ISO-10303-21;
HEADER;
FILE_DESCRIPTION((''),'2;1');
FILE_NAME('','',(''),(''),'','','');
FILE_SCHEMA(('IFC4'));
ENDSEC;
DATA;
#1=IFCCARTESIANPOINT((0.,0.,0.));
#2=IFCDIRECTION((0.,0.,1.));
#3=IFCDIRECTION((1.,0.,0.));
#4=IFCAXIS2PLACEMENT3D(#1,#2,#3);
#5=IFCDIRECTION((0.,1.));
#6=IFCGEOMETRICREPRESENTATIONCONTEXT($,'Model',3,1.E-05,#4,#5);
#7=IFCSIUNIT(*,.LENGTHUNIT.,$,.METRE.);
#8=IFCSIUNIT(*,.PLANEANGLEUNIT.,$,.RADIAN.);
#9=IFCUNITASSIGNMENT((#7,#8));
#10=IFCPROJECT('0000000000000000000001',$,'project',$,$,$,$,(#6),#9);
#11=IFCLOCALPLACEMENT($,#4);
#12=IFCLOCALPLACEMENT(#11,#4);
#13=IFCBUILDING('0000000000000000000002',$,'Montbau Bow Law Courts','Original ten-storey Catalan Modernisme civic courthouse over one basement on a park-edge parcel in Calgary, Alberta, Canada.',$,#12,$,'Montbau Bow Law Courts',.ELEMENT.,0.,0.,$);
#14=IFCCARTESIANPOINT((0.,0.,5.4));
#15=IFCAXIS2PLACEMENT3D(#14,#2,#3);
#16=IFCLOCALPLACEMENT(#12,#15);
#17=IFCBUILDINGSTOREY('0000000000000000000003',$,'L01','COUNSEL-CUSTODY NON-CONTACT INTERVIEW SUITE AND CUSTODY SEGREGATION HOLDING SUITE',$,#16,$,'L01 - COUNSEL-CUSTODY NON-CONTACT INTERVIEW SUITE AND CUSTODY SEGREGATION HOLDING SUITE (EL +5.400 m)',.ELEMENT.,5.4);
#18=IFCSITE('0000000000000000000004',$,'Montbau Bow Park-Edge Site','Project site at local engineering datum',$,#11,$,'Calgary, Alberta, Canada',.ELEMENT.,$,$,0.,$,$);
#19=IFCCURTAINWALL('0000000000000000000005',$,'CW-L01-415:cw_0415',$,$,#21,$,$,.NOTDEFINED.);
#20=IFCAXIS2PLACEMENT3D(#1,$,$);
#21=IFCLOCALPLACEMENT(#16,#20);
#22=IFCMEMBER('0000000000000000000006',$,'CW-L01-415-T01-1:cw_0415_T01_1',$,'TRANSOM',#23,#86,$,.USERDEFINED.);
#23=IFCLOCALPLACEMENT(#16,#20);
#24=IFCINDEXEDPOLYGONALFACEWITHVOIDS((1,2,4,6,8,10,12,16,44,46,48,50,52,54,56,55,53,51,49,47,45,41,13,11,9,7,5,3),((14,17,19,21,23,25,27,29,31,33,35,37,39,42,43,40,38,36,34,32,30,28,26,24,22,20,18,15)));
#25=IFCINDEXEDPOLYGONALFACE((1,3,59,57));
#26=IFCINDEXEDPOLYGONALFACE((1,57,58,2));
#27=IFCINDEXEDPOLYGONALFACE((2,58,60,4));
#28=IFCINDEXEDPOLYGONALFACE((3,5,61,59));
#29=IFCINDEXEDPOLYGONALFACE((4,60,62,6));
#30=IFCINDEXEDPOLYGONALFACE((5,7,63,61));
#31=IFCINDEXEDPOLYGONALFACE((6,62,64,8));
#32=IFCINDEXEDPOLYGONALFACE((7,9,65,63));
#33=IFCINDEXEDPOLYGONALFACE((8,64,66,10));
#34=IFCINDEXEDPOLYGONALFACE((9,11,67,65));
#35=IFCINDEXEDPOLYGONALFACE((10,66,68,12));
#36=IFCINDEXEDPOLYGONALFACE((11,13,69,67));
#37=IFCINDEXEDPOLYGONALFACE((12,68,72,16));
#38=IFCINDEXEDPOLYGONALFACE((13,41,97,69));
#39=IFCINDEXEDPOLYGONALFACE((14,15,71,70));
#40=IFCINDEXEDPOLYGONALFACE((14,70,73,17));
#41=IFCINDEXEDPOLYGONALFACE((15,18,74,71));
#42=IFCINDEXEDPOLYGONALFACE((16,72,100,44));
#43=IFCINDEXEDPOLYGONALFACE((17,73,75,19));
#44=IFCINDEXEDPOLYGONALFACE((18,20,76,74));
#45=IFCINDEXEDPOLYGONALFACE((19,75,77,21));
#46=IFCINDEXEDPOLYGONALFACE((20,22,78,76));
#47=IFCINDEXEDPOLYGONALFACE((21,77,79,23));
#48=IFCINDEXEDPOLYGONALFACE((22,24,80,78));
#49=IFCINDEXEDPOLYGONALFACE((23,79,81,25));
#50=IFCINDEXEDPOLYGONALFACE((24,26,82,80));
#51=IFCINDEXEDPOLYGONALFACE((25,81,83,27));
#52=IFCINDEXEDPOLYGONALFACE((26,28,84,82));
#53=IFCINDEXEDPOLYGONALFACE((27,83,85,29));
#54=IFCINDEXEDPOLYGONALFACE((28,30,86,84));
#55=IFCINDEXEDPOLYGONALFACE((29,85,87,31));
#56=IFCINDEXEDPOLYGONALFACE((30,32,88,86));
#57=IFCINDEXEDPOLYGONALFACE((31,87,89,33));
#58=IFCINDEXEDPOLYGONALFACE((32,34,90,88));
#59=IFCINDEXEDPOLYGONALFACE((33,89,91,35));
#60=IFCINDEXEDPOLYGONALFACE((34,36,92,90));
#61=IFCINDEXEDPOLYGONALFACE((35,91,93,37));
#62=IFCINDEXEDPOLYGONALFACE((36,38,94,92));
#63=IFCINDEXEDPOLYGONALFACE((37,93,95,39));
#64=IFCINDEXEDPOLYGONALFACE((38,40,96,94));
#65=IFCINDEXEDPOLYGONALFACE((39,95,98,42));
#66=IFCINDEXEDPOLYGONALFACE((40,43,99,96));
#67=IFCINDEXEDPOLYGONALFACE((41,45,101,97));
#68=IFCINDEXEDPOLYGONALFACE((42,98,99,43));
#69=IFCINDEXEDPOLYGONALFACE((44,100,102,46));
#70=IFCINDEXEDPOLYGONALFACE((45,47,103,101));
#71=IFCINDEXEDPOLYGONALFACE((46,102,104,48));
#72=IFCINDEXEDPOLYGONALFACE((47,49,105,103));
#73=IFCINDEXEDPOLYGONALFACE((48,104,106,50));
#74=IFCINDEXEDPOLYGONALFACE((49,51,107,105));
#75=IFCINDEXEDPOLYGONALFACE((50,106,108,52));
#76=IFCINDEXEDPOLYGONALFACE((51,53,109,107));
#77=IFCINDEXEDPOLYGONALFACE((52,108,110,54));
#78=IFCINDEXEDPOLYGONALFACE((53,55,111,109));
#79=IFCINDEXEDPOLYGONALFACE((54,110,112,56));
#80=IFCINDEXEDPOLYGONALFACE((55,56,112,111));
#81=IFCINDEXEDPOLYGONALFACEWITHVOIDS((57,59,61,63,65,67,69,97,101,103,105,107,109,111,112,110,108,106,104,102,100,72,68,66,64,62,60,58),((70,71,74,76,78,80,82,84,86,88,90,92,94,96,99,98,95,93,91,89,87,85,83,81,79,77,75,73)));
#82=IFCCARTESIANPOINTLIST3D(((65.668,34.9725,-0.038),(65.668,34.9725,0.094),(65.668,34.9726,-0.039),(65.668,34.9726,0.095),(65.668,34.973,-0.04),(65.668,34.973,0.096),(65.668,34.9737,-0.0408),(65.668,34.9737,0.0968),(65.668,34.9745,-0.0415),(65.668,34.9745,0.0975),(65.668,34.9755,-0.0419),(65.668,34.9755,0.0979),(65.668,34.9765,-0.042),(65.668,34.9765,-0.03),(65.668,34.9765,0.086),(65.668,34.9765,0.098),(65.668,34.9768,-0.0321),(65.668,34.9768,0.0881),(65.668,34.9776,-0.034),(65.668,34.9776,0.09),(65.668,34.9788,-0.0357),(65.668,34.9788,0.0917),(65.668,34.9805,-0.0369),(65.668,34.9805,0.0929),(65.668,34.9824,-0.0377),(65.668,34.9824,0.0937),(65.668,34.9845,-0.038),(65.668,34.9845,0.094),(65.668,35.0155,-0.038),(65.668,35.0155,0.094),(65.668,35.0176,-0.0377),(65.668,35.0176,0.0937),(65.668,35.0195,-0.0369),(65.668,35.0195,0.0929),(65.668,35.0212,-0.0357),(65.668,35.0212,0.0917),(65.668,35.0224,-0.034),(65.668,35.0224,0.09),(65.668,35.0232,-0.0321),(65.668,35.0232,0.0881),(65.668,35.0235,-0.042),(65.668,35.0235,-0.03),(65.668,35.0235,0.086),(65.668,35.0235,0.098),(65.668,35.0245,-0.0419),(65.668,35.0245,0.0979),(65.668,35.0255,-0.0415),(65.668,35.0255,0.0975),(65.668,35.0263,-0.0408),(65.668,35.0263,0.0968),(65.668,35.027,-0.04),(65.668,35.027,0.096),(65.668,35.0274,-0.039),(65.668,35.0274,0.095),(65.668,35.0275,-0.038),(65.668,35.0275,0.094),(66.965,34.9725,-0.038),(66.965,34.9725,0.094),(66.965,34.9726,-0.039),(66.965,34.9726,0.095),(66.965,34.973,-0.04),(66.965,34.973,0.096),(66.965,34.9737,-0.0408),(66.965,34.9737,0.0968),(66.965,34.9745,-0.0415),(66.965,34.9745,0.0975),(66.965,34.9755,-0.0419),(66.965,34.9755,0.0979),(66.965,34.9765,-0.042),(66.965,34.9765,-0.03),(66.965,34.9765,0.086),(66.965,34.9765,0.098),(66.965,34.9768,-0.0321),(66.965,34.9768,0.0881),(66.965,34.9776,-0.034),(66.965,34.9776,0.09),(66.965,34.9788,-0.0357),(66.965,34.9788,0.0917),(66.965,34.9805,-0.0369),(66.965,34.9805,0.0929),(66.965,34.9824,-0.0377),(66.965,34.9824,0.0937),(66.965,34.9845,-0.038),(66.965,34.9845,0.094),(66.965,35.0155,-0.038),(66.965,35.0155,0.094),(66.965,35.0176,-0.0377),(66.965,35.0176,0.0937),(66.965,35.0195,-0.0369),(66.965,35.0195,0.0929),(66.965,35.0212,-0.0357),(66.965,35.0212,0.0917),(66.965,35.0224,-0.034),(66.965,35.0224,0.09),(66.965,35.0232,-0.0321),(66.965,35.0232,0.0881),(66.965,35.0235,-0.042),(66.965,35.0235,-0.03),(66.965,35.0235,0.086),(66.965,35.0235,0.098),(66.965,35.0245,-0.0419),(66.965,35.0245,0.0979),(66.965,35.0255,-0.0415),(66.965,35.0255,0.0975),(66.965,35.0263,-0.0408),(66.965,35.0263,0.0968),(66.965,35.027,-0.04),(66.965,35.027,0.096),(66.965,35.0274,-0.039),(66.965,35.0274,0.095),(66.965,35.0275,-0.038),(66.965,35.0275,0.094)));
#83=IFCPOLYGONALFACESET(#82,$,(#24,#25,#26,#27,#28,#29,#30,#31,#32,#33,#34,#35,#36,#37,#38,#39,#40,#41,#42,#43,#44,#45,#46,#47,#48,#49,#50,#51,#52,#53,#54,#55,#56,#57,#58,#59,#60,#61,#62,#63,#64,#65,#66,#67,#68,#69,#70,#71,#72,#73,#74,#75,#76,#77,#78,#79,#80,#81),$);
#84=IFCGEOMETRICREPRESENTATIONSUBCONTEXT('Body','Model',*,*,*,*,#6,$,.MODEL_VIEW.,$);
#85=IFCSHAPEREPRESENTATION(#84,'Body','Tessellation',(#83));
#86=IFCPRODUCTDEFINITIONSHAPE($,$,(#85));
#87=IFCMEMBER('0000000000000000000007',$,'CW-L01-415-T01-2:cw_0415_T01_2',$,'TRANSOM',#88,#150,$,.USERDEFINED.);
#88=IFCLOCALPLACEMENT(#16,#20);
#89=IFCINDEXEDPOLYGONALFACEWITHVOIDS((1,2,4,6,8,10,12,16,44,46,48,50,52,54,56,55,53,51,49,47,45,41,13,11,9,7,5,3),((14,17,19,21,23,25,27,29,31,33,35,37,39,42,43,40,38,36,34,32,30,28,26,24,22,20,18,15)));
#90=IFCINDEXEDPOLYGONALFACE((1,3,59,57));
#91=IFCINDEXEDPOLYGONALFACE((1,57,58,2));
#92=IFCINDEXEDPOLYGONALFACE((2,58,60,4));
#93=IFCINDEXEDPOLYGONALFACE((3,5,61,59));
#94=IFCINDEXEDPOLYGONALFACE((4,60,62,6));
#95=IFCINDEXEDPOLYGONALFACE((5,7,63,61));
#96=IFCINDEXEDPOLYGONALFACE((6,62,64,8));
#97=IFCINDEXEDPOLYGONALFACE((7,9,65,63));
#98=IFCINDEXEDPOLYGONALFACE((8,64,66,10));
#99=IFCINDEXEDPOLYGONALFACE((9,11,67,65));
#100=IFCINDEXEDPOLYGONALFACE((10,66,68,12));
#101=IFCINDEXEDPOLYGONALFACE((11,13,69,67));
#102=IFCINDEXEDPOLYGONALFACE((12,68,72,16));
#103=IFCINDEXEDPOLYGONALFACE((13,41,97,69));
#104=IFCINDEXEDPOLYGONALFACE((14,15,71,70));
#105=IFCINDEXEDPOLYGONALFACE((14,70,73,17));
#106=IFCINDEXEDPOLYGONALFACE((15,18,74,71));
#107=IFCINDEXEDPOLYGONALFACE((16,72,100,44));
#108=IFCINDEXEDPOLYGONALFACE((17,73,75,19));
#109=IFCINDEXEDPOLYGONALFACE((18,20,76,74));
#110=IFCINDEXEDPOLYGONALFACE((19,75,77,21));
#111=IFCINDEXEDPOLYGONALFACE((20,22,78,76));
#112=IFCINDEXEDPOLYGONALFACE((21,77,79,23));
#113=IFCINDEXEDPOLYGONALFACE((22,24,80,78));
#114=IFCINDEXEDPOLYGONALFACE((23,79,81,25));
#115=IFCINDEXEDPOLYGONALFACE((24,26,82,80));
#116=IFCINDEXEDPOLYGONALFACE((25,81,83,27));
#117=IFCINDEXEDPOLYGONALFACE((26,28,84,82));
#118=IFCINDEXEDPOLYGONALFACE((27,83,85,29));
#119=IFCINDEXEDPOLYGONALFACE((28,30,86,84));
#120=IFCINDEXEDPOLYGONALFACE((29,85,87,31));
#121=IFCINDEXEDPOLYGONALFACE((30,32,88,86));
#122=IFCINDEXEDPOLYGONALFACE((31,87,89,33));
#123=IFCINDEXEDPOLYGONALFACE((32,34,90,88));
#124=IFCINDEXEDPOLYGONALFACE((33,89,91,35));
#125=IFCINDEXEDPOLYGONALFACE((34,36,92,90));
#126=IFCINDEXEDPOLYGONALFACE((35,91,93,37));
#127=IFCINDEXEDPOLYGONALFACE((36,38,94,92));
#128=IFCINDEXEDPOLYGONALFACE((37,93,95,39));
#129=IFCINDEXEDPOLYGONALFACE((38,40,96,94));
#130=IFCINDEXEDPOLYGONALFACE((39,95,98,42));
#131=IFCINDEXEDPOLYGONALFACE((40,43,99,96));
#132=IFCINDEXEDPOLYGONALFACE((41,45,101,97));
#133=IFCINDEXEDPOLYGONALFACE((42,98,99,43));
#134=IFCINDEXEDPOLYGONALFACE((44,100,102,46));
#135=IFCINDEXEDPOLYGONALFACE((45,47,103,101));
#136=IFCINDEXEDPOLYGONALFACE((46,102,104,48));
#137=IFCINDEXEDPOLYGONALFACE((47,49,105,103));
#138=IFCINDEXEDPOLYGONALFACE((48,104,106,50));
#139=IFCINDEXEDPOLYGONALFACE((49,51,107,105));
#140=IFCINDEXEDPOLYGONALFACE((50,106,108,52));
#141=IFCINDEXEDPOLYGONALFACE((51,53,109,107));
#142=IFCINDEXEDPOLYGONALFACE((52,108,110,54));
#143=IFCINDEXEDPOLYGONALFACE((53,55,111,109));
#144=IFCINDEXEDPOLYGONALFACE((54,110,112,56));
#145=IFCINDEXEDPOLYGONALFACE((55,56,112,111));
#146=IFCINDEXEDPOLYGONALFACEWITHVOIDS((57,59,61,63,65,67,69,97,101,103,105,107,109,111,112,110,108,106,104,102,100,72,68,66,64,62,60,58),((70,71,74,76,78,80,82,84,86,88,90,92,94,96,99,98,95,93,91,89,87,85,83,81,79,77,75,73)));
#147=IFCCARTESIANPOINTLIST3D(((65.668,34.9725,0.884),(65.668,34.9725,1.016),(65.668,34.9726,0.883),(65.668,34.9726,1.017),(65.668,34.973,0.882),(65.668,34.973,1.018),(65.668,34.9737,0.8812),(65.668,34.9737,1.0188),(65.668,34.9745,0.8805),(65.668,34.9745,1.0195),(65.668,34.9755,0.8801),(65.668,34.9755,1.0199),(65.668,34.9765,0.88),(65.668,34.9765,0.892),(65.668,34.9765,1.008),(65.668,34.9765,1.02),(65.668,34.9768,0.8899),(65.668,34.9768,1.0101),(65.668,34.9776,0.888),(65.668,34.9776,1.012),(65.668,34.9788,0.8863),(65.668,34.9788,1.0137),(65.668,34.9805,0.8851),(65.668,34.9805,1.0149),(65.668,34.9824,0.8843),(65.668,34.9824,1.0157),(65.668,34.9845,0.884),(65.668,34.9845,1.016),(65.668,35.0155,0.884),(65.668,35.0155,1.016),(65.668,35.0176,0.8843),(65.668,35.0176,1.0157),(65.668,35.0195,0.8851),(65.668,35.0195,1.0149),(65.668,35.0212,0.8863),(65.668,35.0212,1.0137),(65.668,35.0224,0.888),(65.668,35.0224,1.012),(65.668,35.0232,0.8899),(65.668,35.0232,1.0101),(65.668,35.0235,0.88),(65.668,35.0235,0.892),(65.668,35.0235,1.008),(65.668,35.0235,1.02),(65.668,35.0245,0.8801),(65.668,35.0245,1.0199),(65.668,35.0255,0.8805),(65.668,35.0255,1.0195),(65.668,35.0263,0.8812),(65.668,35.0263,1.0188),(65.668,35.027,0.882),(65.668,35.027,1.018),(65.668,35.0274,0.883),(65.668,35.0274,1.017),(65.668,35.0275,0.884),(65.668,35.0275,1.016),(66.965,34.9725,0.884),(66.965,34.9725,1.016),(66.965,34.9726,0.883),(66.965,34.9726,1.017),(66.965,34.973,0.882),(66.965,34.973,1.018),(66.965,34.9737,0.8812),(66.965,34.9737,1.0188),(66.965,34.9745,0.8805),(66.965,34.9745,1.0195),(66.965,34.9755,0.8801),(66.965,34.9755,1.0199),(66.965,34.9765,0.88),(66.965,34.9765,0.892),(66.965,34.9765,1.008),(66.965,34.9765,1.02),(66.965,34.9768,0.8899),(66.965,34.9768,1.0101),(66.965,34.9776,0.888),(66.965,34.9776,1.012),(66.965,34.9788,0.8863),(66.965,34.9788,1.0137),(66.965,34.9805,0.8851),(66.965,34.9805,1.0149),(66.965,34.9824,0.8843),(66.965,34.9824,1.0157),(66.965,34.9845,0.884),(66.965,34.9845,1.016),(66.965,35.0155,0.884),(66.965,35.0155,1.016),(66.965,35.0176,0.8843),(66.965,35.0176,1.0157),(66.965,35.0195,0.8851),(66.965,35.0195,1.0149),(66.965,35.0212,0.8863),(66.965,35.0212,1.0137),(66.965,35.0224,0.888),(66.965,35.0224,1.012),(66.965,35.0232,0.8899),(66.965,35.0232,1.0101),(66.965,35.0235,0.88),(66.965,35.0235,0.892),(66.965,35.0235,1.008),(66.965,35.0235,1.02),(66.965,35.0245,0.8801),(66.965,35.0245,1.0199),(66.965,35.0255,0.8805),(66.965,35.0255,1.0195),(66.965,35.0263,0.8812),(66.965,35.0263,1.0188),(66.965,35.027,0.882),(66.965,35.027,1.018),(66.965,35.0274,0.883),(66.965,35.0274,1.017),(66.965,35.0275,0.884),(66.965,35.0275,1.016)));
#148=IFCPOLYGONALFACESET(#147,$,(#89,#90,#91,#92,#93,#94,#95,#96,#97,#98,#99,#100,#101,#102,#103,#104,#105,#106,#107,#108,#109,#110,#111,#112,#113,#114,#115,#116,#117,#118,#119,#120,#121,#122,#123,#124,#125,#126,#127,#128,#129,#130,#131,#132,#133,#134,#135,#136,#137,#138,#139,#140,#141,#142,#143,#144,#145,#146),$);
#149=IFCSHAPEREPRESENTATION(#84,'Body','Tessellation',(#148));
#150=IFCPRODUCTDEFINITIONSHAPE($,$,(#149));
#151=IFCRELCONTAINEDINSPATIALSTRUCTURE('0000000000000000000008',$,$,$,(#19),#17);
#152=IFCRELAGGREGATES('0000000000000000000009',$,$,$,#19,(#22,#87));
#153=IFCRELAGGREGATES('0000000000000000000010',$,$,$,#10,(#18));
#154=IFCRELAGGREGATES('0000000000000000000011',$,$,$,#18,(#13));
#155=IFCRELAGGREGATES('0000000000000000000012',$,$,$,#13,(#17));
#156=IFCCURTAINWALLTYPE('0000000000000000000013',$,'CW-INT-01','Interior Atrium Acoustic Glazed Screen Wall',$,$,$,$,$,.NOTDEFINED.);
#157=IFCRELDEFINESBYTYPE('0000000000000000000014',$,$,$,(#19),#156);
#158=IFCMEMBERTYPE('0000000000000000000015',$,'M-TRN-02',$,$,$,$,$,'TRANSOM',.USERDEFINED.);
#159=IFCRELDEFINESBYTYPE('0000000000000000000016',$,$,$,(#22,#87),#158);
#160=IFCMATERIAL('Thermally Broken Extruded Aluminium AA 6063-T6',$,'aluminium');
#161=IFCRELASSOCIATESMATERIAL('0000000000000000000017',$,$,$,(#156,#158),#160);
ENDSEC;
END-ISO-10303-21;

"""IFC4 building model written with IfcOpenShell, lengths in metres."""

from ifc_helpers import new_model, si_unit, direction, frame, origin_with_axes, origin_2d_with_axis, place, context, subcontext, project, spatial, hollow_rectangle, extrude, material, material_profile, profile_set, type_object, element, aggregate, save


model = new_model("IFC4")

# Units and contexts
model_context = context("Model", 3, precision=1e-05, world=origin_with_axes(), true_north=direction((0.0, 1.0)))
body_context = subcontext(model_context, "Body", "Model", "MODEL_VIEW")
ifc_project = project(units=[si_unit("LENGTHUNIT", "METRE"), si_unit("PLANEANGLEUNIT", "RADIAN")], contexts=[model_context])

# Site, building, storey
site_placement = place(None, origin_with_axes())
site = spatial("IfcSite", under=ifc_project, at=site_placement, Name="Montbau Bow Park-Edge Site", Description="Project site at local engineering datum", LongName="Calgary, Alberta, Canada", CompositionType="ELEMENT", RefElevation=0.0)
building_placement = place(site_placement, origin_with_axes())
building = spatial("IfcBuilding", under=site, at=building_placement, Name="Montbau Bow Law Courts", Description="Original ten-storey Catalan Modernisme civic courthouse over one basement on a park-edge parcel in Calgary, Alberta, Canada.", LongName="Montbau Bow Law Courts", CompositionType="ELEMENT", ElevationOfRefHeight=0.0, ElevationOfTerrain=0.0)
storey_placement = place(building_placement, frame((0.0, 0.0, 5.4), z_axis=(0.0, 0.0, 1.0), x_axis=(1.0, 0.0, 0.0)))
storey = spatial("IfcBuildingStorey", under=building, at=storey_placement, Name="L01", Description="COUNSEL-CUSTODY NON-CONTACT INTERVIEW SUITE AND CUSTODY SEGREGATION HOLDING SUITE", LongName="L01 - COUNSEL-CUSTODY NON-CONTACT INTERVIEW SUITE AND CUSTODY SEGREGATION HOLDING SUITE (EL +5.400 m)", CompositionType="ELEMENT", Elevation=5.4)

# Shared definitions
ifc_material_1 = material(Name="Thermally Broken Extruded Aluminium AA 6063-T6", Category="aluminium")

# Curtain wall
curtain_wall_type_1 = type_object("IfcCurtainWallType", Name="CW-INT-01", Description="Interior Atrium Acoustic Glazed Screen Wall", PredefinedType="NOTDEFINED", material=ifc_material_1)
curtain_wall_1_placement = place(None, frame((65.6, 35.0, 5.4), z_axis=(0.0, 0.0, 1.0), x_axis=(1.0, 0.0, 0.0)))
curtain_wall_1 = element("IfcCurtainWall", 1, at=curtain_wall_1_placement, inside=storey, type_object=curtain_wall_type_1, Name="CW-L01-415:cw_0415", PredefinedType="NOTDEFINED")

# Members
ifc_material_profile_1 = material_profile(ifc_material_1, hollow_rectangle(XDim=0.055, YDim=0.14, WallThickness=0.004, InnerFilletRadius=0.008, OuterFilletRadius=0.004, at=origin_2d_with_axis()), Name="CWT-140X55", Category="Main", Priority=0)
ifc_profile_set_1 = profile_set([ifc_material_profile_1], Name="Thermally Broken Extruded Aluminium AA 6063-T6")
member_type_1 = type_object("IfcMemberType", Name="M-TRN-02", ElementType="TRANSOM", PredefinedType="USERDEFINED", material=ifc_profile_set_1)
member_1_placement = place(None, frame((65.668, 35.0, 5.428), z_axis=(1.0, 0.0, 0.0), x_axis=(0.0, 1.0, 0.0)))
member_1 = element("IfcMember", 2, at=member_1_placement, type_object=member_type_1, Name="CW-L01-415-T01-1:cw_0415_T01_1", ObjectType="TRANSOM", PredefinedType="USERDEFINED", context=body_context, shape_type="SweptSolid", body=[
    extrude(hollow_rectangle(XDim=0.055, YDim=0.14, WallThickness=0.004, InnerFilletRadius=0.008, OuterFilletRadius=0.004, at=origin_2d_with_axis()), origin_with_axes(), (0.0, 0.0, 1.0), 1.297),
])
member_2_placement = place(None, frame((65.668, 35.0, 6.35), z_axis=(1.0, 0.0, 0.0), x_axis=(0.0, 1.0, 0.0)))
member_2 = element("IfcMember", 3, at=member_2_placement, type_object=member_type_1, Name="CW-L01-415-T01-2:cw_0415_T01_2", ObjectType="TRANSOM", PredefinedType="USERDEFINED", context=body_context, shape_type="SweptSolid", body=[
    extrude(hollow_rectangle(XDim=0.055, YDim=0.14, WallThickness=0.004, InnerFilletRadius=0.008, OuterFilletRadius=0.004, at=origin_2d_with_axis()), origin_with_axes(), (0.0, 0.0, 1.0), 1.297),
])

aggregate(curtain_wall_1, [member_1, member_2])

save(model, "model.ifc")
